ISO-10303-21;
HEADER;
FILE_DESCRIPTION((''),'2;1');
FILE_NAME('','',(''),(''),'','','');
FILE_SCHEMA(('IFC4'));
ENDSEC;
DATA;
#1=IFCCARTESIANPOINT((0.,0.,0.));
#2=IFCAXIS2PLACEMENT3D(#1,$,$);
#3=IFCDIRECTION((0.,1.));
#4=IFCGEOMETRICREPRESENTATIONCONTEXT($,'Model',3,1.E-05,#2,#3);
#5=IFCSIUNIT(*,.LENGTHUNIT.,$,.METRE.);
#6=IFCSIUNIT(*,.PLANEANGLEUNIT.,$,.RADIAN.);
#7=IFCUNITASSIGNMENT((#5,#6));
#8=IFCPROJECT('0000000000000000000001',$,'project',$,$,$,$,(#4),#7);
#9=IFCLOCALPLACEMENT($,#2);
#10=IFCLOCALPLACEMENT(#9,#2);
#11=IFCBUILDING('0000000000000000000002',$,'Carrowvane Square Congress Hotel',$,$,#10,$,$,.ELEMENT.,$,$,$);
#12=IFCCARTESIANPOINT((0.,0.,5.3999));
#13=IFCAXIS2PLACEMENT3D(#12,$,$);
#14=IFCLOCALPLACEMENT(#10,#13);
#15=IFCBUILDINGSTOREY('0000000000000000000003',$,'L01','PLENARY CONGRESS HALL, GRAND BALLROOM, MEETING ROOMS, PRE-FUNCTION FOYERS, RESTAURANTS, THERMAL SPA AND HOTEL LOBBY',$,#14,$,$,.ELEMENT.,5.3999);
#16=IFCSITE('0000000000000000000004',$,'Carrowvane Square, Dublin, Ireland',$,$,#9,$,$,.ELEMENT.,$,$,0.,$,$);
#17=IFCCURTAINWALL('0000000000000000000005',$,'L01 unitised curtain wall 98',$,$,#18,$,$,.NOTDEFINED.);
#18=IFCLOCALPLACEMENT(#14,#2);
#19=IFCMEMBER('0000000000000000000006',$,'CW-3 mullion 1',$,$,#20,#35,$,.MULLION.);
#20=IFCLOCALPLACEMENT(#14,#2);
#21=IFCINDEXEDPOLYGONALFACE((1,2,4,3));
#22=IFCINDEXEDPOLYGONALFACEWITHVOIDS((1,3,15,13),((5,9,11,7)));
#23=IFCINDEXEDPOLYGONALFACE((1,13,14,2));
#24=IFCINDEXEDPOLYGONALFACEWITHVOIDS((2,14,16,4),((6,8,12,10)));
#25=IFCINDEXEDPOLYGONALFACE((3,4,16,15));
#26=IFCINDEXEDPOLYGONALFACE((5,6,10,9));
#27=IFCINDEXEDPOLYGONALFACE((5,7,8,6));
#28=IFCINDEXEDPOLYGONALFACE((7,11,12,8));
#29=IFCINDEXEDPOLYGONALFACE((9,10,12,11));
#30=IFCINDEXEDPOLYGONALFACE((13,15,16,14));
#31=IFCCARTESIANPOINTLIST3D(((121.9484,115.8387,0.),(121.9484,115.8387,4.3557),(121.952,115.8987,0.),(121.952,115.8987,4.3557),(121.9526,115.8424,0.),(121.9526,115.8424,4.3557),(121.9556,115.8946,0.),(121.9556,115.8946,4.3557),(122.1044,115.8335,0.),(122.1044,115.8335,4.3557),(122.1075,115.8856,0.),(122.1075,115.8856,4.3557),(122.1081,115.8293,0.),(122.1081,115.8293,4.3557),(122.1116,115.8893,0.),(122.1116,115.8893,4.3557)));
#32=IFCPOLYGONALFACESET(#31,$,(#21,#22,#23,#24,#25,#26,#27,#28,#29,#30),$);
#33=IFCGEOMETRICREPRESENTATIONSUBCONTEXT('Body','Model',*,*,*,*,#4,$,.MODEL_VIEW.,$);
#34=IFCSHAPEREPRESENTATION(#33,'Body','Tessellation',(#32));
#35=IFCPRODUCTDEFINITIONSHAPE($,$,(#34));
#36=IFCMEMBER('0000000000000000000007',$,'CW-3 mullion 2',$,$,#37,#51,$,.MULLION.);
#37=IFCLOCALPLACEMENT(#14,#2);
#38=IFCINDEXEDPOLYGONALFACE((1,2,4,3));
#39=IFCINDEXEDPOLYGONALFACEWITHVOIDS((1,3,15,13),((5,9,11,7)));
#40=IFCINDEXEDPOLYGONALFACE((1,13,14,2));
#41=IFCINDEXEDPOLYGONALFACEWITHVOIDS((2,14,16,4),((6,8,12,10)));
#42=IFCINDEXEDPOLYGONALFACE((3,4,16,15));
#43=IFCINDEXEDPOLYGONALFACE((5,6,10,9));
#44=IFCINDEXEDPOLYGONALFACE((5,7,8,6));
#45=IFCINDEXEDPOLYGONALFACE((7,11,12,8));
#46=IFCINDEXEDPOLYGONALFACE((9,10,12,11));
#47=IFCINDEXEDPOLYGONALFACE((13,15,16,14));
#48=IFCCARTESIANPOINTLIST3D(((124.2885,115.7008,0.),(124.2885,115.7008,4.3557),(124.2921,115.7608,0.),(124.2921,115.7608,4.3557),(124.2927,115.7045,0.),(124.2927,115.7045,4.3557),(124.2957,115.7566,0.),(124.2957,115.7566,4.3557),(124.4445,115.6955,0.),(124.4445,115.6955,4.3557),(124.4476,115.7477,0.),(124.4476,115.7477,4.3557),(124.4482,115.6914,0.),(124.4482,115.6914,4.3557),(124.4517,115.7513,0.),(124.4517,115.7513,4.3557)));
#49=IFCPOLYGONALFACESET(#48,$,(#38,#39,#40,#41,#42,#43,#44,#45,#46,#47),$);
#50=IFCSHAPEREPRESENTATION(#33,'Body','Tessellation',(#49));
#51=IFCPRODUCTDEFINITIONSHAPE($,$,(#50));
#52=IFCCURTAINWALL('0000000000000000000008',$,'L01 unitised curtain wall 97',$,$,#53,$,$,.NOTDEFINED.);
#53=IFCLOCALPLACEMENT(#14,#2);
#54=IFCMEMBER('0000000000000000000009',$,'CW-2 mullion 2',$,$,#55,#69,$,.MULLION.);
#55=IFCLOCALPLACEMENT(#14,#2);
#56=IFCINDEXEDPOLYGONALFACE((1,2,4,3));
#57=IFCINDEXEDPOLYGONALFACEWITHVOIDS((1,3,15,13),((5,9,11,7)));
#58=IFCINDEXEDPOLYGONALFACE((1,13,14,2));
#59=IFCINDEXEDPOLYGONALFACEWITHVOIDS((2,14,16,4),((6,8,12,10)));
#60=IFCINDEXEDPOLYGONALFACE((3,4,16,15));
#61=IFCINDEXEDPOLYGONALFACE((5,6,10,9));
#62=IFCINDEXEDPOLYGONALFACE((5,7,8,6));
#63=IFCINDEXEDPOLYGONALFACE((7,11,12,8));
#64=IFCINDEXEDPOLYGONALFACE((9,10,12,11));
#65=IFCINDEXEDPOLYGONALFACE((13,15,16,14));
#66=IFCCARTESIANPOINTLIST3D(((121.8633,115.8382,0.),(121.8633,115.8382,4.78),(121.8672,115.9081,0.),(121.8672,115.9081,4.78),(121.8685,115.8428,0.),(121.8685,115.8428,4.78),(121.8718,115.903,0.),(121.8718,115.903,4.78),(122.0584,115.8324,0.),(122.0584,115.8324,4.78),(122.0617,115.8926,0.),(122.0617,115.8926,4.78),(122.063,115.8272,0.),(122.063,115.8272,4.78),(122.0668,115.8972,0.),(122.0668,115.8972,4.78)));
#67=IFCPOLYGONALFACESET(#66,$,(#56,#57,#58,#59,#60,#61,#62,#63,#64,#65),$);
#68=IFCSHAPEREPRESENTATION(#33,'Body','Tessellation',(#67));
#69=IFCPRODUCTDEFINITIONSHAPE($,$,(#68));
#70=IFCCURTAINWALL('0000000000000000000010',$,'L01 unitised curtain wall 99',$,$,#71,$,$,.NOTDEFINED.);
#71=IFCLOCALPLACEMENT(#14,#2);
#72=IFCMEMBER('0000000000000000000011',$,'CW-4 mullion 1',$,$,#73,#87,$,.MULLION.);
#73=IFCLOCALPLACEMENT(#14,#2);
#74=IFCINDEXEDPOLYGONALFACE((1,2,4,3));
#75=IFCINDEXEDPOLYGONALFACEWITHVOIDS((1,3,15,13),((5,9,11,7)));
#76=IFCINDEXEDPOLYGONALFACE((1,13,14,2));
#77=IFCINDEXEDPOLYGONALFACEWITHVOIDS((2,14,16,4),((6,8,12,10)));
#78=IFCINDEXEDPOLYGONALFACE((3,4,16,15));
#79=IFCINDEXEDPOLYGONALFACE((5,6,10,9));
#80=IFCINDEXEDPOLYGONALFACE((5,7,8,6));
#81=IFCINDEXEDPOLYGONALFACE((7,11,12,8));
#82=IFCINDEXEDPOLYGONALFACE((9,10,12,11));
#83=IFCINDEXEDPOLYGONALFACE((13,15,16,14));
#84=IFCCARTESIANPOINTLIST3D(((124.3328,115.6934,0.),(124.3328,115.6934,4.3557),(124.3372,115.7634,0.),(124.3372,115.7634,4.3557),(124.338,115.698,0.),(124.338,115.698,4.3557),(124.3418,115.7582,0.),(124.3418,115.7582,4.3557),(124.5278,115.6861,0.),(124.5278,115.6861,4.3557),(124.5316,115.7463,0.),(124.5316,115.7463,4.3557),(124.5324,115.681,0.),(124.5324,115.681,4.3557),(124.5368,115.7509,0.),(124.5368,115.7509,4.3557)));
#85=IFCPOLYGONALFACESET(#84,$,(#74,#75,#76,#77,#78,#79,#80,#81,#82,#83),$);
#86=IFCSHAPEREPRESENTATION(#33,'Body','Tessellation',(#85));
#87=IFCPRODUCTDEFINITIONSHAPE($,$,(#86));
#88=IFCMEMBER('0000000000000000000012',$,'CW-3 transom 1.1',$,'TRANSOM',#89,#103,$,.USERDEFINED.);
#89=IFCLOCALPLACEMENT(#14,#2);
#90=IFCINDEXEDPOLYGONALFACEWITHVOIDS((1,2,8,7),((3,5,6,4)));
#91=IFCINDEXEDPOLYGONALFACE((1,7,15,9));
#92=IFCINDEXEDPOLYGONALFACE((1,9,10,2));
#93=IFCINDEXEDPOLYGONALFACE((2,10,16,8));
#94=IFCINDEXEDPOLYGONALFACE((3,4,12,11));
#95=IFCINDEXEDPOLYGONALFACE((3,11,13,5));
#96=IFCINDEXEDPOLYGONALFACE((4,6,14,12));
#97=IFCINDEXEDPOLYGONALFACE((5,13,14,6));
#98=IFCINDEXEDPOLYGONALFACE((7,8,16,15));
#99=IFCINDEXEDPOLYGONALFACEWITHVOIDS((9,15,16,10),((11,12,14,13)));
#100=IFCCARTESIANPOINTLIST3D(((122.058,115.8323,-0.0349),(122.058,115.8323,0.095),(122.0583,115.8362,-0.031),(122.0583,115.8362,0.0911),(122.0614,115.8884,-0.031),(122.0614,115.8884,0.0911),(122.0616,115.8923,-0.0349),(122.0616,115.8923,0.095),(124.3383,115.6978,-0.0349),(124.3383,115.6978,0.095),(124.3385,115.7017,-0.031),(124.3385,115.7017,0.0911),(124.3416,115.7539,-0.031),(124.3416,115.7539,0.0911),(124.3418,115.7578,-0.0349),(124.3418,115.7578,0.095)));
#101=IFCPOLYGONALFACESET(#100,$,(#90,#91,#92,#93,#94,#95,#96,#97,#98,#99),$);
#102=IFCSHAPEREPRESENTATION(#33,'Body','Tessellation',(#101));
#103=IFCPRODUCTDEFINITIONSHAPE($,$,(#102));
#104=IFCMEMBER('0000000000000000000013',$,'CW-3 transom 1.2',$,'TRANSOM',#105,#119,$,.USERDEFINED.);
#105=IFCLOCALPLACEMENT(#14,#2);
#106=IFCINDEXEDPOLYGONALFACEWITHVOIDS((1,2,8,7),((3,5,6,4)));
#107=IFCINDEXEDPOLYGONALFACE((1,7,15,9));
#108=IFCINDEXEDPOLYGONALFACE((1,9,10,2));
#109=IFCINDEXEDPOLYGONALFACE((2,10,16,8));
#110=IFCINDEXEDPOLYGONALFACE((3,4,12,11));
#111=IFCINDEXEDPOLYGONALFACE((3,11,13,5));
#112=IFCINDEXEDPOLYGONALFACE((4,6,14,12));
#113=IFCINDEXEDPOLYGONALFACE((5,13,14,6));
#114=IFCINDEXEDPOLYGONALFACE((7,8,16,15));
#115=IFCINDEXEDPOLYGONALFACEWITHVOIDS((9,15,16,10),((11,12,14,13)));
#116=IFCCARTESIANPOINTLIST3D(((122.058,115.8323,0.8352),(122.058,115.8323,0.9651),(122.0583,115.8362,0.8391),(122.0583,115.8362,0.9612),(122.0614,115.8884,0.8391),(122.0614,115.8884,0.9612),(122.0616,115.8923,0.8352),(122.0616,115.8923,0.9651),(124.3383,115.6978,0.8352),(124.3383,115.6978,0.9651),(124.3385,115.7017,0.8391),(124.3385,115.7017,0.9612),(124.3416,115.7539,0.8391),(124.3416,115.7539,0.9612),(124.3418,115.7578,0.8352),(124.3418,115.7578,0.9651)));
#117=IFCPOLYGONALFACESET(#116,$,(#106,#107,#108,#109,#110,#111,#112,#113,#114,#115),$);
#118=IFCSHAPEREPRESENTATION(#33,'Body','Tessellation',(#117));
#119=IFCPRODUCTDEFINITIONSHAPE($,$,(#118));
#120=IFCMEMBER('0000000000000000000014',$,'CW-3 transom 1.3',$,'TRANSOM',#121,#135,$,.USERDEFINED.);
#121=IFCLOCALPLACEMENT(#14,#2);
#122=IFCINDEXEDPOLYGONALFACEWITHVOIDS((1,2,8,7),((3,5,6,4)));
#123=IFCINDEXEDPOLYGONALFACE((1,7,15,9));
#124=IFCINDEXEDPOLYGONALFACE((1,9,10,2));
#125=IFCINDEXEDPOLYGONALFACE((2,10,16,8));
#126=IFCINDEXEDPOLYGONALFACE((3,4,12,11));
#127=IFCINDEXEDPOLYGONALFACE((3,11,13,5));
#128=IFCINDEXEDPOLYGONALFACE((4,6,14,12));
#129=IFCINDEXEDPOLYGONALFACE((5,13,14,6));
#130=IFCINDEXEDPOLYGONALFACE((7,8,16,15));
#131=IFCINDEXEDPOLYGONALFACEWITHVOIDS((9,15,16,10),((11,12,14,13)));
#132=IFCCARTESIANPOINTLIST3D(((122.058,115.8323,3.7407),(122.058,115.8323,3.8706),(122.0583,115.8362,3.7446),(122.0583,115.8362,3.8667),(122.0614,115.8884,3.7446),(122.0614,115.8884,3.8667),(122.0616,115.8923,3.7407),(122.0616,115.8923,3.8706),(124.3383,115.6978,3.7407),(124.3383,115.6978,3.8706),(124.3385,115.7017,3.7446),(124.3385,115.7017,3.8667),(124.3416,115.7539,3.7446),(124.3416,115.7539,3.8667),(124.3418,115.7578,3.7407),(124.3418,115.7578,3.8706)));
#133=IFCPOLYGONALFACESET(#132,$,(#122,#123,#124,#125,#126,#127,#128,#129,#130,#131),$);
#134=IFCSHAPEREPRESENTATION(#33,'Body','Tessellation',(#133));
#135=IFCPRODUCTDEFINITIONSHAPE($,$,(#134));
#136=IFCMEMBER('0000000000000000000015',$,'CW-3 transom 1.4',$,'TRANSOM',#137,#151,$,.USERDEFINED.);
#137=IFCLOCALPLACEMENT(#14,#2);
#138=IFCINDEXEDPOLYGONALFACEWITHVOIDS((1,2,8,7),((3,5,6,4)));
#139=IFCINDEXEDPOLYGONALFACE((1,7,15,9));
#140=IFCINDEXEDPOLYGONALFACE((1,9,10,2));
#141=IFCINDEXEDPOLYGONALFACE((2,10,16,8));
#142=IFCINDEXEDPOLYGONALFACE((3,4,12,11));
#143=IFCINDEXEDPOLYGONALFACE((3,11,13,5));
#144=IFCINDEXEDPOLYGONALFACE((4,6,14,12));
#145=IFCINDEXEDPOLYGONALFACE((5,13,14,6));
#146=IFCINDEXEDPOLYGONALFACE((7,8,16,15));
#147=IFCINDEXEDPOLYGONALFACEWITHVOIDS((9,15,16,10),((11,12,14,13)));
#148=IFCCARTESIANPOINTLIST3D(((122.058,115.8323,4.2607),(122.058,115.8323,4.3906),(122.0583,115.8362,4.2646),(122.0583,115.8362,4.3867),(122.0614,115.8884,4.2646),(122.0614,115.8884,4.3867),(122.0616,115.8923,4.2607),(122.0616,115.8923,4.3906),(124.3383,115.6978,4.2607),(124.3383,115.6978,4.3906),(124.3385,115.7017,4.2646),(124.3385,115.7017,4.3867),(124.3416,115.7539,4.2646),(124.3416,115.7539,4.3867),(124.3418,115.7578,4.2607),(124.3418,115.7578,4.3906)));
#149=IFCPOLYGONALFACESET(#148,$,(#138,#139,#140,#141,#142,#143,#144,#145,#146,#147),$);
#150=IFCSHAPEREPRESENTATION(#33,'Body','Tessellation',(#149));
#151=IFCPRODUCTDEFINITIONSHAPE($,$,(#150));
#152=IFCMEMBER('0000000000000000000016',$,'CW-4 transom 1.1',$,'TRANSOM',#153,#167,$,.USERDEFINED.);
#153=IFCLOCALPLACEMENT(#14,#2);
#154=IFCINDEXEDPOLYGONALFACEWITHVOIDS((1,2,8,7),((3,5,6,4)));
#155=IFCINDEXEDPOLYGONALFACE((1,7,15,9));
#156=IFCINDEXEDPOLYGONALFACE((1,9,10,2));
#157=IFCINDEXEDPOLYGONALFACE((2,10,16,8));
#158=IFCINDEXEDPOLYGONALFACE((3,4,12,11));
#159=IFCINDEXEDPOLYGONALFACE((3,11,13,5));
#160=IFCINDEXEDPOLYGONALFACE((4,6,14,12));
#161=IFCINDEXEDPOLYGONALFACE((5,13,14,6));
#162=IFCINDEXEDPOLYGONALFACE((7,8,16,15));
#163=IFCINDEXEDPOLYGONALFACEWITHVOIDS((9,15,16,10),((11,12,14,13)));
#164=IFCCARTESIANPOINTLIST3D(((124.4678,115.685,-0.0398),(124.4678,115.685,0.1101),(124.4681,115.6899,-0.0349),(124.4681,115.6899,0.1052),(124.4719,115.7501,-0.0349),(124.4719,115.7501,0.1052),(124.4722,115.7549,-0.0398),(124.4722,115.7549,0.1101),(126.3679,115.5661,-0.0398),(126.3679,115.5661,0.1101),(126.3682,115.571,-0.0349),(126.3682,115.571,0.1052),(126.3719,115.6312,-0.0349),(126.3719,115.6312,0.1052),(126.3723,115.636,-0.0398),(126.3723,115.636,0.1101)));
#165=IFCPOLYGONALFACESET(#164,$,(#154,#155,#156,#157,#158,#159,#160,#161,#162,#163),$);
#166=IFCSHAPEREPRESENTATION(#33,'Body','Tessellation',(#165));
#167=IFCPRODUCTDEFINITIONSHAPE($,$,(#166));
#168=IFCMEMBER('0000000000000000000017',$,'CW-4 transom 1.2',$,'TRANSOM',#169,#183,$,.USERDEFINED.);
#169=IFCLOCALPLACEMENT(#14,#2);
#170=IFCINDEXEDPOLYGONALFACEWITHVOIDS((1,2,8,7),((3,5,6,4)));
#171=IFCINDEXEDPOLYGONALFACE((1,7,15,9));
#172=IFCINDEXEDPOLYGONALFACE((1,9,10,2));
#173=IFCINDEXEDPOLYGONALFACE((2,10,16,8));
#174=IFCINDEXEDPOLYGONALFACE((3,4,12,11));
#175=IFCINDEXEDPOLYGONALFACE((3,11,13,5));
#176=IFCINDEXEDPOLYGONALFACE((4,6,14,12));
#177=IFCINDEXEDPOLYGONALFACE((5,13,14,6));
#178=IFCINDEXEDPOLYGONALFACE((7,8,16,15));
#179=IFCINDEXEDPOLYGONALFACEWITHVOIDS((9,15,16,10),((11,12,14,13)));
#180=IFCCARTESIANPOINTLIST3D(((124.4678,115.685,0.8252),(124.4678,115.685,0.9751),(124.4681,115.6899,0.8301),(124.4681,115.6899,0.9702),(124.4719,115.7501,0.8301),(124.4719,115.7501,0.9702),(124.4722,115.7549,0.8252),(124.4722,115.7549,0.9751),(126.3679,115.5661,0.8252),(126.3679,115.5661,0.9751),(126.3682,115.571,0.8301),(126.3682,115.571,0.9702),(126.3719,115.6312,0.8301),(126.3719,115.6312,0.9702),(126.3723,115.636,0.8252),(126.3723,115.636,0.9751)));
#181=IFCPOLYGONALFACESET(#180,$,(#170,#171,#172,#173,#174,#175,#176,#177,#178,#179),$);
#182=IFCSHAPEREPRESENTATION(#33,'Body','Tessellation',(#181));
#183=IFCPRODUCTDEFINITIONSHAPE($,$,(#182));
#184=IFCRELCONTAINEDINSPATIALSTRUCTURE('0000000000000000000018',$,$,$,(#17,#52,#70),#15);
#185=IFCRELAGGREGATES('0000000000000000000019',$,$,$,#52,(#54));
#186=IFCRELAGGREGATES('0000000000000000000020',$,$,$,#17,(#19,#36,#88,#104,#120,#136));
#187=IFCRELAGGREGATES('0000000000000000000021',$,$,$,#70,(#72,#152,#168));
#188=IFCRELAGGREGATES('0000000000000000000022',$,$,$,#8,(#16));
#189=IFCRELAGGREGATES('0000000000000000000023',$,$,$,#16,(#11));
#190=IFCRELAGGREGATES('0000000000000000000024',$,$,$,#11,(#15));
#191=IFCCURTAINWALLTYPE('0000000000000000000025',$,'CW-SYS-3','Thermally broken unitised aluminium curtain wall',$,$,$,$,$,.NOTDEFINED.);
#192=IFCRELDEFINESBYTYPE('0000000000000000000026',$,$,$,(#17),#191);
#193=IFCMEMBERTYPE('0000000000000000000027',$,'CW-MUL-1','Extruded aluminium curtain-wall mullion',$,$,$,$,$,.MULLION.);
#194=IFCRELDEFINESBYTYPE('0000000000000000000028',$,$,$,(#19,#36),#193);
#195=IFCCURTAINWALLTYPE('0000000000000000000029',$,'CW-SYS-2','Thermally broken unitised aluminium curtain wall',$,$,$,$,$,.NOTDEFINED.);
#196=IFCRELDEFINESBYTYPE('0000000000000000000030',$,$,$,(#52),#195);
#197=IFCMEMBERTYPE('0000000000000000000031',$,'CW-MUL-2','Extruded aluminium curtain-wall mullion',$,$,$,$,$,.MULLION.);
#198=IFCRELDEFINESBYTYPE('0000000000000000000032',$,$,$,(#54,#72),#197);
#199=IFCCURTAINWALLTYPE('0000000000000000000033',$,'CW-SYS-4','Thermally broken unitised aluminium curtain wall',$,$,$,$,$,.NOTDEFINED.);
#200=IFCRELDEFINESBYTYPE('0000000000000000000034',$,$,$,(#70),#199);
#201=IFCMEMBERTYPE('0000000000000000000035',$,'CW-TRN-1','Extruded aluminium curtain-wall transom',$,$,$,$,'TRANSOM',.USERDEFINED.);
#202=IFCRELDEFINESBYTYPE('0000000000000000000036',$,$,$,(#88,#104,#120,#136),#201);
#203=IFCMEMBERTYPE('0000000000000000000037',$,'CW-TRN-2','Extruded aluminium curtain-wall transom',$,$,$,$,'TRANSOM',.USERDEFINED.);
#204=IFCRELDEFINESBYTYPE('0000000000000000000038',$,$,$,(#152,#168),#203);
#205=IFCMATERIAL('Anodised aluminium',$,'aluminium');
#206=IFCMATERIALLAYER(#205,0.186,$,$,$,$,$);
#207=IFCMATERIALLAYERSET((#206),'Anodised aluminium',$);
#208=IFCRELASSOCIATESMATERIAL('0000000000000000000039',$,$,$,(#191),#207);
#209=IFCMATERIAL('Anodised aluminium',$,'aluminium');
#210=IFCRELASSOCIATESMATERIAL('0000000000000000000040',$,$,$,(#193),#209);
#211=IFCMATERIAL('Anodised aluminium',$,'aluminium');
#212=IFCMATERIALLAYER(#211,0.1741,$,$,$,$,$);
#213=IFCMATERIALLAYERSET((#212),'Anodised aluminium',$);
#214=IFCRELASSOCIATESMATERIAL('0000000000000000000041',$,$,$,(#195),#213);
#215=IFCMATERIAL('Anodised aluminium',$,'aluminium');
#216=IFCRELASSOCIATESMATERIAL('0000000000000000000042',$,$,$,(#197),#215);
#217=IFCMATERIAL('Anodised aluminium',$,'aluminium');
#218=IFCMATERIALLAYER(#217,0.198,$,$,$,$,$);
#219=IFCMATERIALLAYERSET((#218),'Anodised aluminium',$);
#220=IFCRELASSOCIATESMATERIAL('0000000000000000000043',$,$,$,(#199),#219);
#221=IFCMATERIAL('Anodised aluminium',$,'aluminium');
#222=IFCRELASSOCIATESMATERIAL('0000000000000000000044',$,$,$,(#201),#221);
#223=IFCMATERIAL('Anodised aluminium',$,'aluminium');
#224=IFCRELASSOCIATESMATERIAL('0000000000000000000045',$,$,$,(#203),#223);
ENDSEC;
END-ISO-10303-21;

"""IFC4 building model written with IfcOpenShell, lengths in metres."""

from ifc_helpers import new_model, si_unit, direction, frame, origin, origin_2d, place, context, subcontext, project, spatial, hollow_rectangle, extrude, material, layer, layer_set, material_profile, profile_set, type_object, element, aggregate, save


model = new_model("IFC4")

# Units and contexts
model_context = context("Model", 3, precision=1e-05, world=origin(), true_north=direction((0.0, 1.0)))
body_context = subcontext(model_context, "Body", "Model", "MODEL_VIEW")
ifc_project = project(units=[si_unit("LENGTHUNIT", "METRE"), si_unit("PLANEANGLEUNIT", "RADIAN")], contexts=[model_context])

# Site, building, storey
site_placement = place(None, origin())
site = spatial("IfcSite", under=ifc_project, at=site_placement, Name="Carrowvane Square, Dublin, Ireland", CompositionType="ELEMENT", RefElevation=0.0)
building_placement = place(site_placement, origin())
building = spatial("IfcBuilding", under=site, at=building_placement, Name="Carrowvane Square Congress Hotel", CompositionType="ELEMENT")
storey_placement = place(building_placement, frame((0.0, 0.0, 5.3999)))
storey = spatial("IfcBuildingStorey", under=building, at=storey_placement, Name="L01", Description="PLENARY CONGRESS HALL, GRAND BALLROOM, MEETING ROOMS, PRE-FUNCTION FOYERS, RESTAURANTS, THERMAL SPA AND HOTEL LOBBY", CompositionType="ELEMENT", Elevation=5.3999)

# Curtain wall, members
ifc_material_1 = material(Name="Anodised aluminium", Category="aluminium")
ifc_layer_1 = layer(ifc_material_1, 0.186)
ifc_layer_set_1 = layer_set([ifc_layer_1], Name="Anodised aluminium")
curtain_wall_type_1 = type_object("IfcCurtainWallType", Name="CW-SYS-3", Description="Thermally broken unitised aluminium curtain wall", PredefinedType="NOTDEFINED", material=ifc_layer_set_1)
curtain_wall_1_placement = place(storey_placement, origin())
curtain_wall_1 = element("IfcCurtainWall", 1, at=curtain_wall_1_placement, inside=storey, type_object=curtain_wall_type_1, Name="L01 unitised curtain wall 98", PredefinedType="NOTDEFINED")
ifc_material_2 = material(Name="Anodised aluminium", Category="aluminium")
ifc_material_profile_1 = material_profile(ifc_material_2, hollow_rectangle(XDim=0.0601, YDim=0.1599, WallThickness=0.0039, at=origin_2d()), Name="CW-ML 60x160x4")
ifc_profile_set_1 = profile_set([ifc_material_profile_1], Name="Anodised aluminium")
member_type_1 = type_object("IfcMemberType", Name="CW-MUL-1", Description="Extruded aluminium curtain-wall mullion", PredefinedType="MULLION", material=ifc_profile_set_1)
member_1_placement = place(storey_placement, frame((122.03, 115.864, 0.0), z_axis=(0.0, 0.0, 1.0), x_axis=(0.058851, 0.998267, 0.0)))
member_1 = element("IfcMember", 2, at=member_1_placement, type_object=member_type_1, Name="CW-3 mullion 1", PredefinedType="MULLION", context=body_context, shape_type="SweptSolid", body=[
    extrude(hollow_rectangle(XDim=0.0601, YDim=0.1599, WallThickness=0.0039, at=origin_2d()), origin(), (0.0, 0.0, 1.0), 4.3557),
])
member_2_placement = place(storey_placement, frame((124.3701, 115.7261, 0.0), z_axis=(0.0, 0.0, 1.0), x_axis=(0.058851, 0.998267, 0.0)))
member_2 = element("IfcMember", 3, at=member_2_placement, type_object=member_type_1, Name="CW-3 mullion 2", PredefinedType="MULLION", context=body_context, shape_type="SweptSolid", body=[
    extrude(hollow_rectangle(XDim=0.0601, YDim=0.1599, WallThickness=0.0039, at=origin_2d()), origin(), (0.0, 0.0, 1.0), 4.3557),
])

# Curtain walls, members
ifc_material_3 = material(Name="Anodised aluminium", Category="aluminium")
ifc_layer_2 = layer(ifc_material_3, 0.1741)
ifc_layer_set_2 = layer_set([ifc_layer_2], Name="Anodised aluminium")
curtain_wall_type_2 = type_object("IfcCurtainWallType", Name="CW-SYS-2", Description="Thermally broken unitised aluminium curtain wall", PredefinedType="NOTDEFINED", material=ifc_layer_set_2)
curtain_wall_2_placement = place(storey_placement, origin())
curtain_wall_2 = element("IfcCurtainWall", 4, at=curtain_wall_2_placement, inside=storey, type_object=curtain_wall_type_2, Name="L01 unitised curtain wall 97", PredefinedType="NOTDEFINED")
ifc_material_4 = material(Name="Anodised aluminium", Category="aluminium")
ifc_material_profile_2 = material_profile(ifc_material_4, hollow_rectangle(XDim=0.0701, YDim=0.2, WallThickness=0.0049, at=origin_2d()), Name="CW-ML 70x200x5")
ifc_profile_set_2 = profile_set([ifc_material_profile_2], Name="Anodised aluminium")
member_type_2 = type_object("IfcMemberType", Name="CW-MUL-2", Description="Extruded aluminium curtain-wall mullion", PredefinedType="MULLION", material=ifc_profile_set_2)
member_3_placement = place(storey_placement, frame((121.9651, 115.8677, 0.0), z_axis=(0.0, 0.0, 1.0), x_axis=(0.054816, 0.998496, 0.0)))
member_3 = element("IfcMember", 5, at=member_3_placement, type_object=member_type_2, Name="CW-2 mullion 2", PredefinedType="MULLION", context=body_context, shape_type="SweptSolid", body=[
    extrude(hollow_rectangle(XDim=0.0701, YDim=0.2, WallThickness=0.0049, at=origin_2d()), origin(), (0.0, 0.0, 1.0), 4.78),
])
ifc_material_5 = material(Name="Anodised aluminium", Category="aluminium")
ifc_layer_3 = layer(ifc_material_5, 0.198)
ifc_layer_set_3 = layer_set([ifc_layer_3], Name="Anodised aluminium")
curtain_wall_type_3 = type_object("IfcCurtainWallType", Name="CW-SYS-4", Description="Thermally broken unitised aluminium curtain wall", PredefinedType="NOTDEFINED", material=ifc_layer_set_3)
curtain_wall_3_placement = place(storey_placement, origin())
curtain_wall_3 = element("IfcCurtainWall", 6, at=curtain_wall_3_placement, inside=storey, type_object=curtain_wall_type_3, Name="L01 unitised curtain wall 99", PredefinedType="NOTDEFINED")
member_4_placement = place(storey_placement, frame((124.4348, 115.7222, 0.0), z_axis=(0.0, 0.0, 1.0), x_axis=(0.062397, 0.998051, 0.0)))
member_4 = element("IfcMember", 7, at=member_4_placement, type_object=member_type_2, Name="CW-4 mullion 1", PredefinedType="MULLION", context=body_context, shape_type="SweptSolid", body=[
    extrude(hollow_rectangle(XDim=0.0701, YDim=0.2, WallThickness=0.0049, at=origin_2d()), origin(), (0.0, 0.0, 1.0), 4.3557),
])

# Members
ifc_material_6 = material(Name="Anodised aluminium", Category="aluminium")
ifc_material_profile_3 = material_profile(ifc_material_6, hollow_rectangle(XDim=0.0601, YDim=0.1299, WallThickness=0.0039, at=origin_2d()), Name="CW-TR 60x130x4")
ifc_profile_set_3 = profile_set([ifc_material_profile_3], Name="Anodised aluminium")
member_type_3 = type_object("IfcMemberType", Name="CW-TRN-1", Description="Extruded aluminium curtain-wall transom", ElementType="TRANSOM", PredefinedType="USERDEFINED", material=ifc_profile_set_3)
member_5_placement = place(storey_placement, frame((122.0598, 115.8623, 0.03), z_axis=(0.998264, -0.058891, 0.0), x_axis=(0.058891, 0.998264, 0.0)))
member_5 = element("IfcMember", 8, at=member_5_placement, type_object=member_type_3, Name="CW-3 transom 1.1", ObjectType="TRANSOM", PredefinedType="USERDEFINED", context=body_context, shape_type="SweptSolid", body=[
    extrude(hollow_rectangle(XDim=0.0601, YDim=0.1299, WallThickness=0.0039, at=origin_2d()), origin(), (0.0, 0.0, 1.0), 2.2842),
])
member_6_placement = place(storey_placement, frame((122.0598, 115.8623, 0.9001), z_axis=(0.998264, -0.058891, 0.0), x_axis=(0.058891, 0.998264, 0.0)))
member_6 = element("IfcMember", 9, at=member_6_placement, type_object=member_type_3, Name="CW-3 transom 1.2", ObjectType="TRANSOM", PredefinedType="USERDEFINED", context=body_context, shape_type="SweptSolid", body=[
    extrude(hollow_rectangle(XDim=0.0601, YDim=0.1299, WallThickness=0.0039, at=origin_2d()), origin(), (0.0, 0.0, 1.0), 2.2842),
])
member_7_placement = place(storey_placement, frame((122.0598, 115.8623, 3.8057), z_axis=(0.998264, -0.058891, 0.0), x_axis=(0.058891, 0.998264, 0.0)))
member_7 = element("IfcMember", 10, at=member_7_placement, type_object=member_type_3, Name="CW-3 transom 1.3", ObjectType="TRANSOM", PredefinedType="USERDEFINED", context=body_context, shape_type="SweptSolid", body=[
    extrude(hollow_rectangle(XDim=0.0601, YDim=0.1299, WallThickness=0.0039, at=origin_2d()), origin(), (0.0, 0.0, 1.0), 2.2842),
])
member_8_placement = place(storey_placement, frame((122.0598, 115.8623, 4.3257), z_axis=(0.998264, -0.058891, 0.0), x_axis=(0.058891, 0.998264, 0.0)))
member_8 = element("IfcMember", 11, at=member_8_placement, type_object=member_type_3, Name="CW-3 transom 1.4", ObjectType="TRANSOM", PredefinedType="USERDEFINED", context=body_context, shape_type="SweptSolid", body=[
    extrude(hollow_rectangle(XDim=0.0601, YDim=0.1299, WallThickness=0.0039, at=origin_2d()), origin(), (0.0, 0.0, 1.0), 2.2842),
])
ifc_material_7 = material(Name="Anodised aluminium", Category="aluminium")
ifc_material_profile_4 = material_profile(ifc_material_7, hollow_rectangle(XDim=0.0701, YDim=0.1499, WallThickness=0.0049, at=origin_2d()), Name="CW-TR 70x150x5")
ifc_profile_set_4 = profile_set([ifc_material_profile_4], Name="Anodised aluminium")
member_type_4 = type_object("IfcMemberType", Name="CW-TRN-2", Description="Extruded aluminium curtain-wall transom", ElementType="TRANSOM", PredefinedType="USERDEFINED", material=ifc_profile_set_4)
member_9_placement = place(storey_placement, frame((124.47, 115.72, 0.0352), z_axis=(0.998048, -0.06245, 0.0), x_axis=(0.06245, 0.998048, 0.0)))
member_9 = element("IfcMember", 12, at=member_9_placement, type_object=member_type_4, Name="CW-4 transom 1.1", ObjectType="TRANSOM", PredefinedType="USERDEFINED", context=body_context, shape_type="SweptSolid", body=[
    extrude(hollow_rectangle(XDim=0.0701, YDim=0.1499, WallThickness=0.0049, at=origin_2d()), origin(), (0.0, 0.0, 1.0), 1.9038),
])
member_10_placement = place(storey_placement, frame((124.47, 115.72, 0.9001), z_axis=(0.998048, -0.06245, 0.0), x_axis=(0.06245, 0.998048, 0.0)))
member_10 = element("IfcMember", 13, at=member_10_placement, type_object=member_type_4, Name="CW-4 transom 1.2", ObjectType="TRANSOM", PredefinedType="USERDEFINED", context=body_context, shape_type="SweptSolid", body=[
    extrude(hollow_rectangle(XDim=0.0701, YDim=0.1499, WallThickness=0.0049, at=origin_2d()), origin(), (0.0, 0.0, 1.0), 1.9038),
])

aggregate(curtain_wall_2, [member_3])
aggregate(curtain_wall_1, [member_1, member_2, member_5, member_6, member_7, member_8])
aggregate(curtain_wall_3, [member_4, member_9, member_10])

save(model, "model.ifc")
